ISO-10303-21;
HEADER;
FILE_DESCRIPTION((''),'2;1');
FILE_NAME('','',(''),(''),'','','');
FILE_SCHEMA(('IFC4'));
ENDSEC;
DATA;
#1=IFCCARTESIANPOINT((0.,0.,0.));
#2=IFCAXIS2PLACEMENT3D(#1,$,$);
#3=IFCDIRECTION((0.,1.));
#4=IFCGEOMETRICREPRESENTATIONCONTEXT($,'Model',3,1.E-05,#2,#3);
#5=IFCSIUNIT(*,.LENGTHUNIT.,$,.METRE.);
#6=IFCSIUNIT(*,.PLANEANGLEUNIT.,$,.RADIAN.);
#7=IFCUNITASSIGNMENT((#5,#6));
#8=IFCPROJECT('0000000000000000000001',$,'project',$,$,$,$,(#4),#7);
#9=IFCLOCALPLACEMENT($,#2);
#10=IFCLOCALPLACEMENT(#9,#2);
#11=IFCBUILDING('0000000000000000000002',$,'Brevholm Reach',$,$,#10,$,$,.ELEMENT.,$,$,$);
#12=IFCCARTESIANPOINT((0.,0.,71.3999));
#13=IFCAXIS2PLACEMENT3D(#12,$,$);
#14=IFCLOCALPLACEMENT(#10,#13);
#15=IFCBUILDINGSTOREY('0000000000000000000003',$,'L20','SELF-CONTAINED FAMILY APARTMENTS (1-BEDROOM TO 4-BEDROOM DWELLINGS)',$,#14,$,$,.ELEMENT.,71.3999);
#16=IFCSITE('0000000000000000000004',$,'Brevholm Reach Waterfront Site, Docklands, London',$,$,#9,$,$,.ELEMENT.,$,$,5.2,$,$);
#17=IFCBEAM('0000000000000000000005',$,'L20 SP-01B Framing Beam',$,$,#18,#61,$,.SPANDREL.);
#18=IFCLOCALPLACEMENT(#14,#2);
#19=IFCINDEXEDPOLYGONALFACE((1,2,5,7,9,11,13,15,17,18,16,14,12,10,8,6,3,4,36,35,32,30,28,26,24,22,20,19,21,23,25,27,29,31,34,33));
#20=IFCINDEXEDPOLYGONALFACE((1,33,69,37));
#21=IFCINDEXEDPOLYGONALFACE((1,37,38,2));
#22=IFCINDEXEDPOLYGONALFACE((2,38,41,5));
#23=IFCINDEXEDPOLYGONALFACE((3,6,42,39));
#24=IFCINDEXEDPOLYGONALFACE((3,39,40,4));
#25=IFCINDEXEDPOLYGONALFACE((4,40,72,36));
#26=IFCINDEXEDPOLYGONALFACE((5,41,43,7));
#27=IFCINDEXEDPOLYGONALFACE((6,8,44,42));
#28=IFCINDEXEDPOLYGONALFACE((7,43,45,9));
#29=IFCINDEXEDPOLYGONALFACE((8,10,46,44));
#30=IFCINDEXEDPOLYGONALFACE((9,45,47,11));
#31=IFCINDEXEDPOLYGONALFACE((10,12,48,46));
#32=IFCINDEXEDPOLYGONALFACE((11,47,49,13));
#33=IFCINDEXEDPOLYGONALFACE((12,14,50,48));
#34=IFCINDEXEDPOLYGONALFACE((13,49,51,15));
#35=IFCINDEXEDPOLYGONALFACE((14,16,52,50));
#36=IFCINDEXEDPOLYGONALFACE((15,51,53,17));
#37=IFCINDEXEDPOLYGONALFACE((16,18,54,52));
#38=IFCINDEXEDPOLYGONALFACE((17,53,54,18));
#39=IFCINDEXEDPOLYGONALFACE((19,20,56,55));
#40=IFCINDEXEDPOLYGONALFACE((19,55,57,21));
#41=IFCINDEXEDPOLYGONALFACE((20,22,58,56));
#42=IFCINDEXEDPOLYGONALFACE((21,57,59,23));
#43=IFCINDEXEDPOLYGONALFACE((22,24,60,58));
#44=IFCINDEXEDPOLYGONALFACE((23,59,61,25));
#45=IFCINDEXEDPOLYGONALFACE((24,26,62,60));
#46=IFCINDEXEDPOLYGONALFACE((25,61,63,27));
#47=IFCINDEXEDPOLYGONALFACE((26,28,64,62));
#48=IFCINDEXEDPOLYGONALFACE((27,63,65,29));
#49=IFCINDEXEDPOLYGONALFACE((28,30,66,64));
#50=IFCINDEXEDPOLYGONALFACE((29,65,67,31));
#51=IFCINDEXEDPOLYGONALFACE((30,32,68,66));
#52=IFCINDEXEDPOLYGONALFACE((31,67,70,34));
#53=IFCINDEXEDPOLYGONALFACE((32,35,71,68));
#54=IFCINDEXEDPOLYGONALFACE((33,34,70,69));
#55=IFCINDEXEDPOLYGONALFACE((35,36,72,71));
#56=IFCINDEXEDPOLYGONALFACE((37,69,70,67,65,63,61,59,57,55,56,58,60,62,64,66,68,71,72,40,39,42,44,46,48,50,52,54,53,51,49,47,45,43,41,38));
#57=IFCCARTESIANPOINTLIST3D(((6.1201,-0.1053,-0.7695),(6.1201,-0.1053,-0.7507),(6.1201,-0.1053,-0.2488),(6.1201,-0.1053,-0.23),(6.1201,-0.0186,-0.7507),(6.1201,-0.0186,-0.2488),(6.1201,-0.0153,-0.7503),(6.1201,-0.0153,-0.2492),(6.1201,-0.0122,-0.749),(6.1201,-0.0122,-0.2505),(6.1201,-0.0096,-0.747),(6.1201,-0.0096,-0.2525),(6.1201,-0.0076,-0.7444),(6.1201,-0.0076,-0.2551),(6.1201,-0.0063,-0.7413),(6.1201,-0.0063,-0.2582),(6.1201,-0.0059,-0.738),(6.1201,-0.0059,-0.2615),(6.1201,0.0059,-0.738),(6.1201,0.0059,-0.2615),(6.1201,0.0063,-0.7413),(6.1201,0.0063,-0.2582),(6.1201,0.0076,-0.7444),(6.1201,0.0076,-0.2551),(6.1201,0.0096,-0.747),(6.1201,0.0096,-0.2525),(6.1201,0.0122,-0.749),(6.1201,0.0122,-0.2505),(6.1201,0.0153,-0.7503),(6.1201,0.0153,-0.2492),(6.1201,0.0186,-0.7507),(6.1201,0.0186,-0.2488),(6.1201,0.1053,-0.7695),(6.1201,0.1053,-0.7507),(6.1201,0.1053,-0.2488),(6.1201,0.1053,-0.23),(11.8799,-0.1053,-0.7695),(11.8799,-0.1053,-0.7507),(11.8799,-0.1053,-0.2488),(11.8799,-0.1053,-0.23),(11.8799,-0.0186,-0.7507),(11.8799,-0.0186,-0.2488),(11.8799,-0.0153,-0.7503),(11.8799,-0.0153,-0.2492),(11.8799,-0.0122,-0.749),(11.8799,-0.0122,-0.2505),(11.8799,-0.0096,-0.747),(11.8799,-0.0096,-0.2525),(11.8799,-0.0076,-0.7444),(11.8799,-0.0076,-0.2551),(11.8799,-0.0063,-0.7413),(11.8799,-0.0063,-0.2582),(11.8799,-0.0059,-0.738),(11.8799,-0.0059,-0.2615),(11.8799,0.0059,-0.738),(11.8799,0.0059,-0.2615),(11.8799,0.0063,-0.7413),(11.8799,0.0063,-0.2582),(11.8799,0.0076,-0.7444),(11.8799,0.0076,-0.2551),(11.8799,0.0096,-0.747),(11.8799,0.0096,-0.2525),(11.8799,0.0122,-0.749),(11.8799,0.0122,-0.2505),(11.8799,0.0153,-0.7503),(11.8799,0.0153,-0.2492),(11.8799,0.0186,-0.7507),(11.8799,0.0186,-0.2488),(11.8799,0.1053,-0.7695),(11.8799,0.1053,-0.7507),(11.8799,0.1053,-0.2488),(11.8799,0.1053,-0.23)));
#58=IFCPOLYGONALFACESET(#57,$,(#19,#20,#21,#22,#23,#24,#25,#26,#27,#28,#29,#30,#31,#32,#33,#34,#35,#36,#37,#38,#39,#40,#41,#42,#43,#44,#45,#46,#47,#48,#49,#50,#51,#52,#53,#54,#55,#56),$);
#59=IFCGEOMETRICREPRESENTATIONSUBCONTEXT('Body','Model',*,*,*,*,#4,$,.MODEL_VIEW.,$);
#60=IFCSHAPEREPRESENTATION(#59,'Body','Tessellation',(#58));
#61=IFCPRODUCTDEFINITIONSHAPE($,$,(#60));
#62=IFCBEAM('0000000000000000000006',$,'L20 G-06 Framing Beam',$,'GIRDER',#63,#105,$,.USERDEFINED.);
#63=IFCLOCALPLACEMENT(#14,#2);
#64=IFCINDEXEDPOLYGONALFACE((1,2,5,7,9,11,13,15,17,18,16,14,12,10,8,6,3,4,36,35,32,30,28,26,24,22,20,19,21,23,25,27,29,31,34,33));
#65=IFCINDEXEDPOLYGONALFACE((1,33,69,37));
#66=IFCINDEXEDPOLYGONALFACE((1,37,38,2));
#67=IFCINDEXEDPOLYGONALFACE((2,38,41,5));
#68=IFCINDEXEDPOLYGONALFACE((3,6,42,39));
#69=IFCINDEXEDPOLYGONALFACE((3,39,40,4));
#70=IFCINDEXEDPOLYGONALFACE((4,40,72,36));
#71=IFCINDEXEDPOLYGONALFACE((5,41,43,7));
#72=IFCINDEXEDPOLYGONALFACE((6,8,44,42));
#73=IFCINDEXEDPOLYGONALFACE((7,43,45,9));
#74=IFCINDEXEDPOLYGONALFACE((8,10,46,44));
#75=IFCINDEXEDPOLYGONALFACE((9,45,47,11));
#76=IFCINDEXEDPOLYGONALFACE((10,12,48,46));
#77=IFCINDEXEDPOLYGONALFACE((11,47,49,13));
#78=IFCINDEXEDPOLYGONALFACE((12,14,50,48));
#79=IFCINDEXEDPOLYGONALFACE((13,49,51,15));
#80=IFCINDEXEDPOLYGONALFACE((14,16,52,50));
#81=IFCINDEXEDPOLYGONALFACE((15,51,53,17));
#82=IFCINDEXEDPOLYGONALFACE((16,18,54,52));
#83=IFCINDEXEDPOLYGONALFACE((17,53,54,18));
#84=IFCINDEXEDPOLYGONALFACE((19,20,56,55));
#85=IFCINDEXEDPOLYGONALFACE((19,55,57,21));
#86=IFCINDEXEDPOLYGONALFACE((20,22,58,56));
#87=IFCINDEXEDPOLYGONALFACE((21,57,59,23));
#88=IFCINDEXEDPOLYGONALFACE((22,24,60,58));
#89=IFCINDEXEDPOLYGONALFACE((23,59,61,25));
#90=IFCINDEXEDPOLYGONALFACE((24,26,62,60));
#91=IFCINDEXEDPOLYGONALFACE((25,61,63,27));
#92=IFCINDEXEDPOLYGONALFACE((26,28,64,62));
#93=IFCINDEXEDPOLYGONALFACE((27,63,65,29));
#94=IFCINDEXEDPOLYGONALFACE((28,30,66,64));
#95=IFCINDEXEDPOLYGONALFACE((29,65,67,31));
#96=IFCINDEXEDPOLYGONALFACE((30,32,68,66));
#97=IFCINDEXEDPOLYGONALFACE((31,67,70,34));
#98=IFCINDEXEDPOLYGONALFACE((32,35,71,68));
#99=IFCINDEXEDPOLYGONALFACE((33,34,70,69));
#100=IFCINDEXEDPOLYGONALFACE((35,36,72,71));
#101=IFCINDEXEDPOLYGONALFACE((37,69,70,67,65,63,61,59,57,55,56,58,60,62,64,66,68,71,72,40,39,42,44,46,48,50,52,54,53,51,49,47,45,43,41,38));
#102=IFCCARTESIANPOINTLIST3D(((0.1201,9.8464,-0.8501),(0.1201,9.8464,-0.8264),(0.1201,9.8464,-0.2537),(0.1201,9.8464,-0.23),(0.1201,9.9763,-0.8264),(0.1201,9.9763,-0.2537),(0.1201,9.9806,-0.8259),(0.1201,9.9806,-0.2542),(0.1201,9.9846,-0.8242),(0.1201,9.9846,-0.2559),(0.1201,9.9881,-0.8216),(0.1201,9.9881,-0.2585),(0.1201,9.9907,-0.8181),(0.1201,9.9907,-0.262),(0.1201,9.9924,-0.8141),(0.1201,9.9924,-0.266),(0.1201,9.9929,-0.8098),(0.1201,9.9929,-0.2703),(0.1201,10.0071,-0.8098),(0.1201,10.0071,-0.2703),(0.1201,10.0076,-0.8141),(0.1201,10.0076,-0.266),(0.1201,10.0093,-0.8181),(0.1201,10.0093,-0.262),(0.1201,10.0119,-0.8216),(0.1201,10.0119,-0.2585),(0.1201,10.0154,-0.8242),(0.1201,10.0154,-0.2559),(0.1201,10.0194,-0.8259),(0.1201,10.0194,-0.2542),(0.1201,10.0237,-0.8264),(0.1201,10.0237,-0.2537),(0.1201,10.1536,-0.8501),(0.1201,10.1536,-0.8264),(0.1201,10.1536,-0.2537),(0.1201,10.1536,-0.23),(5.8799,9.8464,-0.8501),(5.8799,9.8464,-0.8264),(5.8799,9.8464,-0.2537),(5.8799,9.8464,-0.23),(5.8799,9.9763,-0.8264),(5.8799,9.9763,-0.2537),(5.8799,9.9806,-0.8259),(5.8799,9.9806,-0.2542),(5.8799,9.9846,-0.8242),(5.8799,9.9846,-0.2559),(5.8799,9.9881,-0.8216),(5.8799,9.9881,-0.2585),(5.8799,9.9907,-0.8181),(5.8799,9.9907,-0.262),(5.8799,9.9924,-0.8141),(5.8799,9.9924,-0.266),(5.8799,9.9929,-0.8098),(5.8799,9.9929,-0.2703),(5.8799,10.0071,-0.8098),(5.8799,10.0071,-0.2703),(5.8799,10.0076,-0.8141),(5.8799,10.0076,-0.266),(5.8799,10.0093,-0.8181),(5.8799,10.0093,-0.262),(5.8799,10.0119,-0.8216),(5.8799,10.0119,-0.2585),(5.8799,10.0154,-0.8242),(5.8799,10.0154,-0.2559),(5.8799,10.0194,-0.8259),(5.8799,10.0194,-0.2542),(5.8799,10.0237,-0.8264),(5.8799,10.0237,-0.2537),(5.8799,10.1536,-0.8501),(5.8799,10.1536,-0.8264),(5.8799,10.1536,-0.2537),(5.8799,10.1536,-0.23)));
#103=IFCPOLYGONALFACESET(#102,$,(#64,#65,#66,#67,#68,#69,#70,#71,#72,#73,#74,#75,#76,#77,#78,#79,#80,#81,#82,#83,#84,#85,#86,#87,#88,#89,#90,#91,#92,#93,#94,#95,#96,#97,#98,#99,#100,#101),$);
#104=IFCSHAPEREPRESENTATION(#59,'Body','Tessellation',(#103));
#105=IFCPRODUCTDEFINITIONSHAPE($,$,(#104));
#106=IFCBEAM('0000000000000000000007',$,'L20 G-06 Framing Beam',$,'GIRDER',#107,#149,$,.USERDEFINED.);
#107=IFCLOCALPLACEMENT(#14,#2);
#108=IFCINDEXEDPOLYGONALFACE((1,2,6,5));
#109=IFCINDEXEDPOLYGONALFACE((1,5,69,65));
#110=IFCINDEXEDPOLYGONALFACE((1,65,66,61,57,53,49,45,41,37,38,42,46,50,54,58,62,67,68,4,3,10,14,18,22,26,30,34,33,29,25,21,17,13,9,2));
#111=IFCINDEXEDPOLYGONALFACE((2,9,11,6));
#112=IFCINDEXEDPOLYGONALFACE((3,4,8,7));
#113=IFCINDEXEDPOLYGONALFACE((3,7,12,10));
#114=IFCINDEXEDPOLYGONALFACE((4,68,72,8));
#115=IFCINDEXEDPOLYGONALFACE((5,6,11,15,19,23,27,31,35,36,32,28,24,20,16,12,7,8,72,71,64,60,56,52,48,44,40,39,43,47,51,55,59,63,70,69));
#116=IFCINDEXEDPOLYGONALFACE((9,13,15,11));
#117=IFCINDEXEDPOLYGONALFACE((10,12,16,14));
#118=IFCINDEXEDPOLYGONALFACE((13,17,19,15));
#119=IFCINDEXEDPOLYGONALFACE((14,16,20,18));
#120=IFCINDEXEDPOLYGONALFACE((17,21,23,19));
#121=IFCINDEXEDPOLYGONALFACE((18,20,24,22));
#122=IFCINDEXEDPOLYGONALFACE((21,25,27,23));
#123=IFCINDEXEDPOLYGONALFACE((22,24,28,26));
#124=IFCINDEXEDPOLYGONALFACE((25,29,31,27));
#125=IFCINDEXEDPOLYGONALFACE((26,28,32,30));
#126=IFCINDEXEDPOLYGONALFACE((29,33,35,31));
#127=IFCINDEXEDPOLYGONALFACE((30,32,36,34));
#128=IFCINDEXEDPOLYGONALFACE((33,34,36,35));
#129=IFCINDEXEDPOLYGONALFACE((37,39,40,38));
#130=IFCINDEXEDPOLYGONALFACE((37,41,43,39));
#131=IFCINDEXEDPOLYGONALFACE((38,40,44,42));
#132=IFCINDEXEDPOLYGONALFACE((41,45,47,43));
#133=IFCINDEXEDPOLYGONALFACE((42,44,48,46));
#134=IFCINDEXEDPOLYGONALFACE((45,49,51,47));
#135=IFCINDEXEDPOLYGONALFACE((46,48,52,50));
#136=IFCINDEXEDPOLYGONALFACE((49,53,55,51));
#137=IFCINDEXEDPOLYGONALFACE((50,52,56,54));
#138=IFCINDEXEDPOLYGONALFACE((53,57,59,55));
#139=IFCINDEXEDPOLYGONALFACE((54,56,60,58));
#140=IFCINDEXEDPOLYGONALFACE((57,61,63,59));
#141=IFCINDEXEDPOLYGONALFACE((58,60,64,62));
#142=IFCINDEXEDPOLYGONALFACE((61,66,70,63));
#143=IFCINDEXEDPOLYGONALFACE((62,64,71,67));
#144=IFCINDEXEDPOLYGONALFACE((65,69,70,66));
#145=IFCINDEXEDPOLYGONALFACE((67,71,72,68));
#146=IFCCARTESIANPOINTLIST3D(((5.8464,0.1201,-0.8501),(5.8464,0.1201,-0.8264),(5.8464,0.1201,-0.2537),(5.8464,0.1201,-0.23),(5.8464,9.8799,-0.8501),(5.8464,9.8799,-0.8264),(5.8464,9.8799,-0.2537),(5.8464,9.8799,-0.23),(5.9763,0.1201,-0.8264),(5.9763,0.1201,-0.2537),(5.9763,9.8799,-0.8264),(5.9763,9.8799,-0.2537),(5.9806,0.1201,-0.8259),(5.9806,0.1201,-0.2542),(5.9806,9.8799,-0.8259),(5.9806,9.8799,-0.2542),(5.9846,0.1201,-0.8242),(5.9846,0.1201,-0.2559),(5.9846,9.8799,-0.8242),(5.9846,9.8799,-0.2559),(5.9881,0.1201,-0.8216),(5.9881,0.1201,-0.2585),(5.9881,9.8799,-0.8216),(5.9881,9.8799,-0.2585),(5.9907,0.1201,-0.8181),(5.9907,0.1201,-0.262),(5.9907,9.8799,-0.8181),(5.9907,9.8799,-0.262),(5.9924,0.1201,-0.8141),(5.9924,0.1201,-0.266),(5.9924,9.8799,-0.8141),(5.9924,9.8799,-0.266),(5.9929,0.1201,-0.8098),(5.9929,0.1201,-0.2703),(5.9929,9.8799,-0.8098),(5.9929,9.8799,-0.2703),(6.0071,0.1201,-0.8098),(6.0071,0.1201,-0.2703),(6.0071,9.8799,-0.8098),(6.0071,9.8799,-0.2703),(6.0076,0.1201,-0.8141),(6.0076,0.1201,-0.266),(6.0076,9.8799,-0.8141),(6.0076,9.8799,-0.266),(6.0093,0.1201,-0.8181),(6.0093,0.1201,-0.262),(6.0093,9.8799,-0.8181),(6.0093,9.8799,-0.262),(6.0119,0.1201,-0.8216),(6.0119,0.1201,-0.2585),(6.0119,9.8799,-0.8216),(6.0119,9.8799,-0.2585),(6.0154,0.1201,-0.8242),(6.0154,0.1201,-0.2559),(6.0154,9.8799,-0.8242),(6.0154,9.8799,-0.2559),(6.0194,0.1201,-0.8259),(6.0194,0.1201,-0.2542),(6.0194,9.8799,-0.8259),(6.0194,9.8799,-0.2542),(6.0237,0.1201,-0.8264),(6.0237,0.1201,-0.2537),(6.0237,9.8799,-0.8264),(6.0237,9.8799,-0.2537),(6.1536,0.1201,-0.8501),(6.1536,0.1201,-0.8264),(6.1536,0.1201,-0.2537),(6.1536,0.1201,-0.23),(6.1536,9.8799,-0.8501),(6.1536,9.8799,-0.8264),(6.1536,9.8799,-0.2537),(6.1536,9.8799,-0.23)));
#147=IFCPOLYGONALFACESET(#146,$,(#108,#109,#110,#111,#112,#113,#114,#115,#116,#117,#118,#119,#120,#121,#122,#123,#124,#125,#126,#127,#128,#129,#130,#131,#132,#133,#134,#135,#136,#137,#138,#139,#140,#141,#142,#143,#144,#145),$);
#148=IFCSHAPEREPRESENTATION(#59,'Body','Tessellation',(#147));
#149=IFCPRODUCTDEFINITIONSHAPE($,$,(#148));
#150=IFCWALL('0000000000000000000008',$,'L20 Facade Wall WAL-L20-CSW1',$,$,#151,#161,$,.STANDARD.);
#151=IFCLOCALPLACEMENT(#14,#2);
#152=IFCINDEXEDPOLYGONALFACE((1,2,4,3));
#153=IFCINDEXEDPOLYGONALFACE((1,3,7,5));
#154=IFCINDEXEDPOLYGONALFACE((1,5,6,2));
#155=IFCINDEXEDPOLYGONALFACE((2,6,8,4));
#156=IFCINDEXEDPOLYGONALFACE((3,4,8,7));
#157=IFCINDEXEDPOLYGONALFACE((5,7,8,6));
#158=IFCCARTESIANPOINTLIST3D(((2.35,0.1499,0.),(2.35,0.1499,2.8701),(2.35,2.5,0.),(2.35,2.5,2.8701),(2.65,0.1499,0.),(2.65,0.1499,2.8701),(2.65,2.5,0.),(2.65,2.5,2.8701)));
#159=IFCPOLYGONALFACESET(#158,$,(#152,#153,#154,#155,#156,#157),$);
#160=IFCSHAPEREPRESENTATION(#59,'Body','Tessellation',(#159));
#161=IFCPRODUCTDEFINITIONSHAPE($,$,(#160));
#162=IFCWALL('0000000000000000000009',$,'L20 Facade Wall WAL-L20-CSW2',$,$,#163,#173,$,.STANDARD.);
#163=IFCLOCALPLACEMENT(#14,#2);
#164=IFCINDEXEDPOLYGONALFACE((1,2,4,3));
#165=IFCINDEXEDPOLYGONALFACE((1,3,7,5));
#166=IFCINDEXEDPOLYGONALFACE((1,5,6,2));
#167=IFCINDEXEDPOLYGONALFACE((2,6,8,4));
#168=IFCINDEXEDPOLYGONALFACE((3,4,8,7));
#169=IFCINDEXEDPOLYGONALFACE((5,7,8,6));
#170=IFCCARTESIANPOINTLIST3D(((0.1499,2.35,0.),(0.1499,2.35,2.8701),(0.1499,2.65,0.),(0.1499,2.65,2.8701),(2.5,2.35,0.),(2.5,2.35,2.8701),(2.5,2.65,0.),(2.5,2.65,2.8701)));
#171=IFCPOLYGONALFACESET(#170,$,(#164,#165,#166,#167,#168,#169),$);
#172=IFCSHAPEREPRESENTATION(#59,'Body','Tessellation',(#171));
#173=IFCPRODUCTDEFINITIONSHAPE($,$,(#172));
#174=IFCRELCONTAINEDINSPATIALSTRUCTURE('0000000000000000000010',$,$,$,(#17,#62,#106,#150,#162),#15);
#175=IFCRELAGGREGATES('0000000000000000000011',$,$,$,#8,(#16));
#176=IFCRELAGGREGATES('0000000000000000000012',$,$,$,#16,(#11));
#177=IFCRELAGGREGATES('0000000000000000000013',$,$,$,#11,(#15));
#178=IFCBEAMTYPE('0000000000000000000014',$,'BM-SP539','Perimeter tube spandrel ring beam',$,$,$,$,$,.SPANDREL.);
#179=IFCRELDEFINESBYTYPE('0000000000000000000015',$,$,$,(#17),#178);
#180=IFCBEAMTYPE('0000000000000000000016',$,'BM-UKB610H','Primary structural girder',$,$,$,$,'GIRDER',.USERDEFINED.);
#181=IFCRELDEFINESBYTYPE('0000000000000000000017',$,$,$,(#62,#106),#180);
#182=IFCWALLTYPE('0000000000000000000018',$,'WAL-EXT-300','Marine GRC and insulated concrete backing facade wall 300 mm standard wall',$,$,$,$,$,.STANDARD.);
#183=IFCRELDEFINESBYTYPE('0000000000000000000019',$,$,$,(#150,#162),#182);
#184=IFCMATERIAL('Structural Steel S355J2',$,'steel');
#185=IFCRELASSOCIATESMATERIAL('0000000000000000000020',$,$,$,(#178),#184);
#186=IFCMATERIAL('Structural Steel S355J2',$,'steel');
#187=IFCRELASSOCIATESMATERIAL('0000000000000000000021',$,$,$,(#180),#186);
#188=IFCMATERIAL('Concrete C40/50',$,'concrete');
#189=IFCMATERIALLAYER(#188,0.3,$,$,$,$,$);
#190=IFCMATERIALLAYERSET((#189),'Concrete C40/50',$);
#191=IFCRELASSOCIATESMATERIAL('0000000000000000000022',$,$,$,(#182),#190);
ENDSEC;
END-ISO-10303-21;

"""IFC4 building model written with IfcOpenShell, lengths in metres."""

from ifc_helpers import new_model, si_unit, direction, frame, frame_2d, origin, origin_2d, place, context, subcontext, project, spatial, rectangle, i_section, extrude, material, layer, layer_set, material_profile, profile_set, type_object, element, save


model = new_model("IFC4")

# Units and contexts
model_context = context("Model", 3, precision=1e-05, world=origin(), true_north=direction((0.0, 1.0)))
body_context = subcontext(model_context, "Body", "Model", "MODEL_VIEW")
ifc_project = project(units=[si_unit("LENGTHUNIT", "METRE"), si_unit("PLANEANGLEUNIT", "RADIAN")], contexts=[model_context])

# Site, building, storey
site_placement = place(None, origin())
site = spatial("IfcSite", under=ifc_project, at=site_placement, Name="Brevholm Reach Waterfront Site, Docklands, London", CompositionType="ELEMENT", RefElevation=5.2)
building_placement = place(site_placement, origin())
building = spatial("IfcBuilding", under=site, at=building_placement, Name="Brevholm Reach", CompositionType="ELEMENT")
storey_placement = place(building_placement, frame((0.0, 0.0, 71.3999)))
storey = spatial("IfcBuildingStorey", under=building, at=storey_placement, Name="L20", Description="SELF-CONTAINED FAMILY APARTMENTS (1-BEDROOM TO 4-BEDROOM DWELLINGS)", CompositionType="ELEMENT", Elevation=71.3999)

# Beams
ifc_material_1 = material(Name="Structural Steel S355J2", Category="steel")
ifc_material_profile_1 = material_profile(ifc_material_1, i_section(OverallWidth=0.2107, OverallDepth=0.5396, WebThickness=0.0117, FlangeThickness=0.0188, FilletRadius=0.0127, at=origin_2d()), Name="UKB 533x210x109")
ifc_profile_set_1 = profile_set([ifc_material_profile_1], Name="Structural Steel S355J2")
beam_type_1 = type_object("IfcBeamType", Name="BM-SP539", Description="Perimeter tube spandrel ring beam", PredefinedType="SPANDREL", material=ifc_profile_set_1)
beam_1_placement = place(storey_placement, frame((6.1201, 0.0, -0.4998), z_axis=(1.0, 0.0, 0.0), x_axis=(0.0, 1.0, 0.0)))
element("IfcBeam", 1, at=beam_1_placement, inside=storey, type_object=beam_type_1, Name="L20 SP-01B Framing Beam", PredefinedType="SPANDREL", context=body_context, shape_type="SweptSolid", body=[
    extrude(i_section(OverallWidth=0.2107, OverallDepth=0.5396, WebThickness=0.0117, FlangeThickness=0.0188, FilletRadius=0.0127, at=origin_2d()), origin(), (0.0, 0.0, 1.0), 5.7598),
])
ifc_material_2 = material(Name="Structural Steel S355J2", Category="steel")
ifc_material_profile_2 = material_profile(ifc_material_2, i_section(OverallWidth=0.3071, OverallDepth=0.6201, WebThickness=0.0142, FlangeThickness=0.0237, FilletRadius=0.0166, at=origin_2d()), Name="UKB 610x305x179")
ifc_profile_set_2 = profile_set([ifc_material_profile_2], Name="Structural Steel S355J2")
beam_type_2 = type_object("IfcBeamType", Name="BM-UKB610H", Description="Primary structural girder", ElementType="GIRDER", PredefinedType="USERDEFINED", material=ifc_profile_set_2)
beam_2_placement = place(storey_placement, frame((0.1201, 10.0, -0.54), z_axis=(1.0, 0.0, 0.0), x_axis=(0.0, 1.0, 0.0)))
element("IfcBeam", 2, at=beam_2_placement, inside=storey, type_object=beam_type_2, Name="L20 G-06 Framing Beam", ObjectType="GIRDER", PredefinedType="USERDEFINED", context=body_context, shape_type="SweptSolid", body=[
    extrude(i_section(OverallWidth=0.3071, OverallDepth=0.6201, WebThickness=0.0142, FlangeThickness=0.0237, FilletRadius=0.0166, at=origin_2d()), origin(), (0.0, 0.0, 1.0), 5.7598),
])
beam_3_placement = place(storey_placement, frame((6.0, 0.1201, -0.54), z_axis=(0.0, 1.0, 0.0), x_axis=(-1.0, 0.0, 0.0)))
element("IfcBeam", 3, at=beam_3_placement, inside=storey, type_object=beam_type_2, Name="L20 G-06 Framing Beam", ObjectType="GIRDER", PredefinedType="USERDEFINED", context=body_context, shape_type="SweptSolid", body=[
    extrude(i_section(OverallWidth=0.3071, OverallDepth=0.6201, WebThickness=0.0142, FlangeThickness=0.0237, FilletRadius=0.0166, at=origin_2d()), origin(), (0.0, 0.0, 1.0), 9.7598),
])

# Walls
ifc_material_3 = material(Name="Concrete C40/50", Category="concrete")
ifc_layer_1 = layer(ifc_material_3, 0.3)
ifc_layer_set_1 = layer_set([ifc_layer_1], Name="Concrete C40/50")
wall_type_1 = type_object("IfcWallType", Name="WAL-EXT-300", Description="Marine GRC and insulated concrete backing facade wall 300 mm standard wall", PredefinedType="STANDARD", material=ifc_layer_set_1)
for number, where, z_axis, x_axis, name in (
    (4, (2.5, 2.5, 0.0), (0.0, 0.0, 1.0), (0.0, -1.0, 0.0), "L20 Facade Wall WAL-L20-CSW1"),
    (5, (0.1499, 2.5, 0.0), (0.0, 0.0, 1.0), (1.0, 0.0, 0.0), "L20 Facade Wall WAL-L20-CSW2"),
):
    element("IfcWall", number, at=place(storey_placement, frame(where, z_axis=z_axis, x_axis=x_axis)), inside=storey, type_object=wall_type_1, Name=name, PredefinedType="STANDARD", context=body_context, shape_type="SweptSolid", body=[
        extrude(rectangle(XDim=2.3501, YDim=0.3, at=frame_2d((1.175, 0.0))), origin(), (0.0, 0.0, 1.0), 2.8701),
    ])

save(model, "model.ifc")
